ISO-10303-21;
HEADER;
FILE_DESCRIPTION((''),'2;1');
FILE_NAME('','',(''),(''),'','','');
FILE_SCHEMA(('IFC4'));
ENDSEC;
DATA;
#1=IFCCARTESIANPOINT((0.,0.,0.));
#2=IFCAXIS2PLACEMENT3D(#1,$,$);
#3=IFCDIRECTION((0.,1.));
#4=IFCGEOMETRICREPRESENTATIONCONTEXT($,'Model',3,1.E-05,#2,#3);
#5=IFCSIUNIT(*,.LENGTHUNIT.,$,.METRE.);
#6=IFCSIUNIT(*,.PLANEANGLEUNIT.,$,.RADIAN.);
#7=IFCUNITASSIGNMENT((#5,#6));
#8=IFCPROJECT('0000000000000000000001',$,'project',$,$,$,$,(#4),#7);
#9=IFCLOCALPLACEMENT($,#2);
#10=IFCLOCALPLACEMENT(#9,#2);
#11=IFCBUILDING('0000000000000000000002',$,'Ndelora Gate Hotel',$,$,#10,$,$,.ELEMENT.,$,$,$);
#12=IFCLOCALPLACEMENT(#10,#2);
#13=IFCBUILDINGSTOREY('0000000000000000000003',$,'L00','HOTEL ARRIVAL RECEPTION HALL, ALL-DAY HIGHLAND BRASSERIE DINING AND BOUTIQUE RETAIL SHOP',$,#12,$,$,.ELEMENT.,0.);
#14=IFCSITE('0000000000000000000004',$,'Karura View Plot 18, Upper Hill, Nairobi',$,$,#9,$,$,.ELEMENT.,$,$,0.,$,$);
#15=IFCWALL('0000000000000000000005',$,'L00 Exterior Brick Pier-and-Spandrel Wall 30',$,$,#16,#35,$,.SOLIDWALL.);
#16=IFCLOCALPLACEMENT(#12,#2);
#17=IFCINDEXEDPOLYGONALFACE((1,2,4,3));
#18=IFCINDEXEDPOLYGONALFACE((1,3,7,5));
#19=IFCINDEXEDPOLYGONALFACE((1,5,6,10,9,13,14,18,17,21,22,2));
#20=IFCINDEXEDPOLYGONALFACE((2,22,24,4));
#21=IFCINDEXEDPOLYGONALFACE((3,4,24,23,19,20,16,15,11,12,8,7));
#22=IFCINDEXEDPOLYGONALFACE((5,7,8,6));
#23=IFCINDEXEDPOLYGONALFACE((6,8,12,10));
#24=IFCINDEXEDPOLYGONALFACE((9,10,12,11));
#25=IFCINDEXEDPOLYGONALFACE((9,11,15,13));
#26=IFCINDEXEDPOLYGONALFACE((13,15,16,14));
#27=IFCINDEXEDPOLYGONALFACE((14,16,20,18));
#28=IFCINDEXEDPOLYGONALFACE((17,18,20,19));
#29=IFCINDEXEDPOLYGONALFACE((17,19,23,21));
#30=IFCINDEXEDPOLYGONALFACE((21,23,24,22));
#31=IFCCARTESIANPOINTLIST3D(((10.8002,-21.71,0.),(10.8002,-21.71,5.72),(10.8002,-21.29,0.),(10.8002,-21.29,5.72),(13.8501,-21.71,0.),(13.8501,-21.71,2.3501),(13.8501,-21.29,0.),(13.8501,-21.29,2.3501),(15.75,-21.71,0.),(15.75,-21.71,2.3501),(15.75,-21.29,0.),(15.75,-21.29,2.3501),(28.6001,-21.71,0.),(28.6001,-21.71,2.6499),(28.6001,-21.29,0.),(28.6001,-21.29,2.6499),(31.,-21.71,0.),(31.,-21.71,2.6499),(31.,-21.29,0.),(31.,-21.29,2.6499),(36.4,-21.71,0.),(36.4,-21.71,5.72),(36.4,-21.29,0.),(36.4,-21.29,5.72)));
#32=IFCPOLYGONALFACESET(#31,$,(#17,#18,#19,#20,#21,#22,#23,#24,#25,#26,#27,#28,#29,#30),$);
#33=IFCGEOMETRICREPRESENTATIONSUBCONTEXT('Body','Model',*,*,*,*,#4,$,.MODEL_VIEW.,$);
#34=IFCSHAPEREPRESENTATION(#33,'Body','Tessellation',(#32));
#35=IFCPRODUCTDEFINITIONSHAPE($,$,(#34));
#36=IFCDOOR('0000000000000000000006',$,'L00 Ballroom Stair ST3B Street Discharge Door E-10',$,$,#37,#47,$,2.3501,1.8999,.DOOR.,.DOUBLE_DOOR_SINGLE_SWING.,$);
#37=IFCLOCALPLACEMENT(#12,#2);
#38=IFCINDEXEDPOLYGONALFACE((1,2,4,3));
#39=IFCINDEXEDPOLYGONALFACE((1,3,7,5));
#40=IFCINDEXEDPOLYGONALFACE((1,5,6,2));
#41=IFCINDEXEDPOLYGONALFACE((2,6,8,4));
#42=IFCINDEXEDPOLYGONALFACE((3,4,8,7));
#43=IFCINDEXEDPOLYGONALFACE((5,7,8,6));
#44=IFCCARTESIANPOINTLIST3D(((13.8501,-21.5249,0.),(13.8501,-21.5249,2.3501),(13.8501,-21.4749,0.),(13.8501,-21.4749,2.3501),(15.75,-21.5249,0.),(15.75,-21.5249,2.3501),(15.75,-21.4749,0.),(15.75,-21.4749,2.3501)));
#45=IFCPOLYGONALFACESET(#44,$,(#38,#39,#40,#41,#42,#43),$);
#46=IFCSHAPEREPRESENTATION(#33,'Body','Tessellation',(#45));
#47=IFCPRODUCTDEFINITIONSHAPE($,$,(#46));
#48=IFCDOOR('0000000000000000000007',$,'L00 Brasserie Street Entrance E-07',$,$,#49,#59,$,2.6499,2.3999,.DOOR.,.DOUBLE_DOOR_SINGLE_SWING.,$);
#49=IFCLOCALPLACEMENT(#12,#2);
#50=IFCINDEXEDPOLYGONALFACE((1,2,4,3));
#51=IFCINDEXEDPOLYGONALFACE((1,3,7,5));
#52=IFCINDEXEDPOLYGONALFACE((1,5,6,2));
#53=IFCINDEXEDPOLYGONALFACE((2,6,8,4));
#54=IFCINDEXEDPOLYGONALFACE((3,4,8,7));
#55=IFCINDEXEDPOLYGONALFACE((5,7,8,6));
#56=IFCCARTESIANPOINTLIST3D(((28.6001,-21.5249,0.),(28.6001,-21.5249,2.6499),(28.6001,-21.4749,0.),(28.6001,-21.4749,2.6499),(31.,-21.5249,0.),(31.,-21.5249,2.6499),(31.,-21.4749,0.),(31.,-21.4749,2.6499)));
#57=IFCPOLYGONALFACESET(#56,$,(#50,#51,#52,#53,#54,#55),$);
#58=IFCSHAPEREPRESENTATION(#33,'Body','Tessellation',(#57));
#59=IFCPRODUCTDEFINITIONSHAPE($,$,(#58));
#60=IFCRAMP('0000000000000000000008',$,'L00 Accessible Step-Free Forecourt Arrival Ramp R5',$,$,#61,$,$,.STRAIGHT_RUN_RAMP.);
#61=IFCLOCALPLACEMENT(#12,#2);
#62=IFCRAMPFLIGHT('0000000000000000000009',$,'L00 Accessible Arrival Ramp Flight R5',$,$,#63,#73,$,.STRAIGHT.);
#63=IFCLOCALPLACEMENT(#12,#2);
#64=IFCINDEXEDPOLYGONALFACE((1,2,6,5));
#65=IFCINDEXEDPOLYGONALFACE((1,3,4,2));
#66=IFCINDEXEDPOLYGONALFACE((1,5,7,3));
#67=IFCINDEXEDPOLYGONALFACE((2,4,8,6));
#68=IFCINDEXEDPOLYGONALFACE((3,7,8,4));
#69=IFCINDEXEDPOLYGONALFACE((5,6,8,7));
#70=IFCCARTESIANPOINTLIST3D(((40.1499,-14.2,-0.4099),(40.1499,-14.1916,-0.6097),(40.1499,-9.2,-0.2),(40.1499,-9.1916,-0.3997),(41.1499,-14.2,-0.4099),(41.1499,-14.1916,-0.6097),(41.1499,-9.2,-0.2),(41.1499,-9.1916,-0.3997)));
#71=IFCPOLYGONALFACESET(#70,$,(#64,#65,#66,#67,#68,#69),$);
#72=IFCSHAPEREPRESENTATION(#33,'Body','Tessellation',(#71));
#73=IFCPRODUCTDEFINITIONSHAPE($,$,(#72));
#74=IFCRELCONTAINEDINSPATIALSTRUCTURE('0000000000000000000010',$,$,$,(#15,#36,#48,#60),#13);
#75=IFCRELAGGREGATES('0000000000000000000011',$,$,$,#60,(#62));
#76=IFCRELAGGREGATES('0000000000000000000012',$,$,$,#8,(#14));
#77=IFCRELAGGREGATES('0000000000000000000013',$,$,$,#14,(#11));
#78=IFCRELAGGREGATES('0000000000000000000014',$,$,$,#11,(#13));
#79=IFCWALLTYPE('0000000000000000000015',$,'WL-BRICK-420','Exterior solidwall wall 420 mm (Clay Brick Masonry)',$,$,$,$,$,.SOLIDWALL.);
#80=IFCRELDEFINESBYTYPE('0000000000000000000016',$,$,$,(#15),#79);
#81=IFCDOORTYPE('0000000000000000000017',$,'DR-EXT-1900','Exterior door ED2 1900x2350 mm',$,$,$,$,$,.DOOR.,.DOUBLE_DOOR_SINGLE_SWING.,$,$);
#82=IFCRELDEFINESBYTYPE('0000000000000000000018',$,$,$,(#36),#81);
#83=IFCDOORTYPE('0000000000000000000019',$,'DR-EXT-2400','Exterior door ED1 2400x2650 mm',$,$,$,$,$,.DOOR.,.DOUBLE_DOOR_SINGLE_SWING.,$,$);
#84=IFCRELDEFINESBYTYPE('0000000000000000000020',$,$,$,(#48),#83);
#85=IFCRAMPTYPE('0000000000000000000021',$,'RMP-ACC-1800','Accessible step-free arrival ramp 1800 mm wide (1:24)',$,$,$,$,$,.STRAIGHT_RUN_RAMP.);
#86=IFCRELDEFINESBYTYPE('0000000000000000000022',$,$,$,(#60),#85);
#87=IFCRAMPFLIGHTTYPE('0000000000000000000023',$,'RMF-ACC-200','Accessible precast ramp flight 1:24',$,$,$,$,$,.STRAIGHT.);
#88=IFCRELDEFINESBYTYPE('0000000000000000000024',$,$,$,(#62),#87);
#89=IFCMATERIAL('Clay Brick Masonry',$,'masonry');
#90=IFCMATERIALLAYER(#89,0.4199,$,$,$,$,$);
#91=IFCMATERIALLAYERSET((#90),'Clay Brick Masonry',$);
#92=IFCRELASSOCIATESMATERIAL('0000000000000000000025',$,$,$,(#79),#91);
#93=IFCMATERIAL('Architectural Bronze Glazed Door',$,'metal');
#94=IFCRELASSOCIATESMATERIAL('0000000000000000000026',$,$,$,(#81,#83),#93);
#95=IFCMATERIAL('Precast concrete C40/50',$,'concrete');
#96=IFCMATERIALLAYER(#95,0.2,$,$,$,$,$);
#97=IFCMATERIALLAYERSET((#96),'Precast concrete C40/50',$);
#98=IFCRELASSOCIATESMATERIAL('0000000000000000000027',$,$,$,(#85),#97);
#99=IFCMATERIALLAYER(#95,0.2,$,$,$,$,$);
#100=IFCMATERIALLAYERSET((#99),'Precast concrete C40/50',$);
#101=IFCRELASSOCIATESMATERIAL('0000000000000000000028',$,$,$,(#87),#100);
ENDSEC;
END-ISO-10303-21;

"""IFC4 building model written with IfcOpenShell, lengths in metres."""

from ifc_helpers import new_model, si_unit, direction, frame, frame_2d, origin, place, context, subcontext, project, spatial, polyline, rectangle, outline, extrude, material, layer, layer_set, type_object, element, fill, aggregate, save


model = new_model("IFC4")

# Units and contexts
model_context = context("Model", 3, precision=1e-05, world=origin(), true_north=direction((0.0, 1.0)))
body_context = subcontext(model_context, "Body", "Model", "MODEL_VIEW")
ifc_project = project(units=[si_unit("LENGTHUNIT", "METRE"), si_unit("PLANEANGLEUNIT", "RADIAN")], contexts=[model_context])

# Site, building, storey
site_placement = place(None, origin())
site = spatial("IfcSite", under=ifc_project, at=site_placement, Name="Karura View Plot 18, Upper Hill, Nairobi", CompositionType="ELEMENT", RefElevation=0.0)
building_placement = place(site_placement, origin())
building = spatial("IfcBuilding", under=site, at=building_placement, Name="Ndelora Gate Hotel", CompositionType="ELEMENT")
storey_placement = place(building_placement, origin())
storey = spatial("IfcBuildingStorey", under=building, at=storey_placement, Name="L00", Description="HOTEL ARRIVAL RECEPTION HALL, ALL-DAY HIGHLAND BRASSERIE DINING AND BOUTIQUE RETAIL SHOP", CompositionType="ELEMENT", Elevation=0.0)

# Shared definitions
ifc_material_1 = material(Name="Clay Brick Masonry", Category="masonry")
ifc_layer_1 = layer(ifc_material_1, 0.4199)
ifc_layer_set_1 = layer_set([ifc_layer_1], Name="Clay Brick Masonry")
wall_type = type_object("IfcWallType", Name="WL-BRICK-420", Description="Exterior solidwall wall 420 mm (Clay Brick Masonry)", PredefinedType="SOLIDWALL", material=ifc_layer_set_1)

# Wall, openings, doors
wall_1_placement = place(storey_placement, frame((36.3999, -21.5, 0.0), z_axis=(0.0, 0.0, 1.0), x_axis=(-1.0, 0.0, 0.0)))
wall_1 = element("IfcWall", 1, at=wall_1_placement, inside=storey, type_object=wall_type, Name="L00 Exterior Brick Pier-and-Spandrel Wall 30", PredefinedType="SOLIDWALL", context=body_context, shape_type="SweptSolid", body=[
    extrude(rectangle(XDim=25.5999, YDim=0.4199, at=frame_2d((12.7998, 0.0))), origin(), (0.0, 0.0, 1.0), 5.72),
])
opening_1_placement = place(wall_1_placement, frame((5.3999, 0.0, 0.0)))
opening_1 = element("IfcOpeningElement", 2, at=opening_1_placement, cuts=wall_1, PredefinedType="OPENING", context=body_context, shape_type="SweptSolid", body=[
    extrude(rectangle(XDim=2.3999, YDim=2.6499, at=frame_2d((1.2, 1.325))), frame((0.0, 0.22, 0.0), z_axis=(0.0, -1.0, 0.0), x_axis=(1.0, 0.0, 0.0)), (0.0, 0.0, 1.0), 0.4399),
])
opening_2_placement = place(wall_1_placement, frame((20.6499, 0.0, 0.0)))
opening_2 = element("IfcOpeningElement", 3, at=opening_2_placement, cuts=wall_1, PredefinedType="OPENING", context=body_context, shape_type="SweptSolid", body=[
    extrude(rectangle(XDim=1.8999, YDim=2.3501, at=frame_2d((0.95, 1.175))), frame((0.0, 0.22, 0.0), z_axis=(0.0, -1.0, 0.0), x_axis=(1.0, 0.0, 0.0)), (0.0, 0.0, 1.0), 0.4399),
])
ifc_material_2 = material(Name="Architectural Bronze Glazed Door", Category="metal")
door_type_1 = type_object("IfcDoorType", Name="DR-EXT-1900", Description="Exterior door ED2 1900x2350 mm", OperationType="DOUBLE_DOOR_SINGLE_SWING", PredefinedType="DOOR", material=ifc_material_2)
door_1_placement = place(opening_2_placement, origin())
door_1 = element("IfcDoor", 4, at=door_1_placement, inside=storey, type_object=door_type_1, Name="L00 Ballroom Stair ST3B Street Discharge Door E-10", OperationType="DOUBLE_DOOR_SINGLE_SWING", OverallHeight=2.3501, OverallWidth=1.8999, PredefinedType="DOOR", context=body_context, shape_type="SweptSolid", body=[
    extrude(rectangle(XDim=1.8999, YDim=2.3501, at=frame_2d((0.95, 1.175))), frame((0.0, 0.0249, 0.0), z_axis=(0.0, -1.0, 0.0), x_axis=(1.0, 0.0, 0.0)), (0.0, 0.0, 1.0), 0.05),
])
fill(opening_2, door_1)
door_type_2 = type_object("IfcDoorType", Name="DR-EXT-2400", Description="Exterior door ED1 2400x2650 mm", OperationType="DOUBLE_DOOR_SINGLE_SWING", PredefinedType="DOOR", material=ifc_material_2)
door_2_placement = place(opening_1_placement, origin())
door_2 = element("IfcDoor", 5, at=door_2_placement, inside=storey, type_object=door_type_2, Name="L00 Brasserie Street Entrance E-07", OperationType="DOUBLE_DOOR_SINGLE_SWING", OverallHeight=2.6499, OverallWidth=2.3999, PredefinedType="DOOR", context=body_context, shape_type="SweptSolid", body=[
    extrude(rectangle(XDim=2.3999, YDim=2.6499, at=frame_2d((1.2, 1.325))), frame((0.0, 0.0249, 0.0), z_axis=(0.0, -1.0, 0.0), x_axis=(1.0, 0.0, 0.0)), (0.0, 0.0, 1.0), 0.05),
])
fill(opening_1, door_2)

# Ramp, ramp flight
ifc_material_3 = material(Name="Precast concrete C40/50", Category="concrete")
ifc_layer_2 = layer(ifc_material_3, 0.2)
ifc_layer_set_2 = layer_set([ifc_layer_2], Name="Precast concrete C40/50")
ramp_type = type_object("IfcRampType", Name="RMP-ACC-1800", Description="Accessible step-free arrival ramp 1800 mm wide (1:24)", PredefinedType="STRAIGHT_RUN_RAMP", material=ifc_layer_set_2)
ramp_placement = place(storey_placement, origin())
ramp = element("IfcRamp", 6, at=ramp_placement, inside=storey, type_object=ramp_type, Name="L00 Accessible Step-Free Forecourt Arrival Ramp R5", PredefinedType="STRAIGHT_RUN_RAMP")
ifc_layer_3 = layer(ifc_material_3, 0.2)
ifc_layer_set_3 = layer_set([ifc_layer_3], Name="Precast concrete C40/50")
ramp_flight_type = type_object("IfcRampFlightType", Name="RMF-ACC-200", Description="Accessible precast ramp flight 1:24", PredefinedType="STRAIGHT", material=ifc_layer_set_3)
ramp_flight_placement = place(storey_placement, frame((41.1499, -14.2, -0.4099), z_axis=(0.0, -0.041955, 0.999119), x_axis=(0.0, 0.999119, 0.041955)))
ramp_flight = element("IfcRampFlight", 7, at=ramp_flight_placement, type_object=ramp_flight_type, Name="L00 Accessible Arrival Ramp Flight R5", PredefinedType="STRAIGHT", context=body_context, shape_type="SweptSolid", body=[
    extrude(outline(polyline([(0.0, 0.0), (5.0044, 0.0), (5.0044, 1.0), (0.0, 1.0), (0.0, 0.0)])), origin(), (0.0, 0.0, -1.0), 0.2),
])
aggregate(ramp, [ramp_flight])

save(model, "model.ifc")
